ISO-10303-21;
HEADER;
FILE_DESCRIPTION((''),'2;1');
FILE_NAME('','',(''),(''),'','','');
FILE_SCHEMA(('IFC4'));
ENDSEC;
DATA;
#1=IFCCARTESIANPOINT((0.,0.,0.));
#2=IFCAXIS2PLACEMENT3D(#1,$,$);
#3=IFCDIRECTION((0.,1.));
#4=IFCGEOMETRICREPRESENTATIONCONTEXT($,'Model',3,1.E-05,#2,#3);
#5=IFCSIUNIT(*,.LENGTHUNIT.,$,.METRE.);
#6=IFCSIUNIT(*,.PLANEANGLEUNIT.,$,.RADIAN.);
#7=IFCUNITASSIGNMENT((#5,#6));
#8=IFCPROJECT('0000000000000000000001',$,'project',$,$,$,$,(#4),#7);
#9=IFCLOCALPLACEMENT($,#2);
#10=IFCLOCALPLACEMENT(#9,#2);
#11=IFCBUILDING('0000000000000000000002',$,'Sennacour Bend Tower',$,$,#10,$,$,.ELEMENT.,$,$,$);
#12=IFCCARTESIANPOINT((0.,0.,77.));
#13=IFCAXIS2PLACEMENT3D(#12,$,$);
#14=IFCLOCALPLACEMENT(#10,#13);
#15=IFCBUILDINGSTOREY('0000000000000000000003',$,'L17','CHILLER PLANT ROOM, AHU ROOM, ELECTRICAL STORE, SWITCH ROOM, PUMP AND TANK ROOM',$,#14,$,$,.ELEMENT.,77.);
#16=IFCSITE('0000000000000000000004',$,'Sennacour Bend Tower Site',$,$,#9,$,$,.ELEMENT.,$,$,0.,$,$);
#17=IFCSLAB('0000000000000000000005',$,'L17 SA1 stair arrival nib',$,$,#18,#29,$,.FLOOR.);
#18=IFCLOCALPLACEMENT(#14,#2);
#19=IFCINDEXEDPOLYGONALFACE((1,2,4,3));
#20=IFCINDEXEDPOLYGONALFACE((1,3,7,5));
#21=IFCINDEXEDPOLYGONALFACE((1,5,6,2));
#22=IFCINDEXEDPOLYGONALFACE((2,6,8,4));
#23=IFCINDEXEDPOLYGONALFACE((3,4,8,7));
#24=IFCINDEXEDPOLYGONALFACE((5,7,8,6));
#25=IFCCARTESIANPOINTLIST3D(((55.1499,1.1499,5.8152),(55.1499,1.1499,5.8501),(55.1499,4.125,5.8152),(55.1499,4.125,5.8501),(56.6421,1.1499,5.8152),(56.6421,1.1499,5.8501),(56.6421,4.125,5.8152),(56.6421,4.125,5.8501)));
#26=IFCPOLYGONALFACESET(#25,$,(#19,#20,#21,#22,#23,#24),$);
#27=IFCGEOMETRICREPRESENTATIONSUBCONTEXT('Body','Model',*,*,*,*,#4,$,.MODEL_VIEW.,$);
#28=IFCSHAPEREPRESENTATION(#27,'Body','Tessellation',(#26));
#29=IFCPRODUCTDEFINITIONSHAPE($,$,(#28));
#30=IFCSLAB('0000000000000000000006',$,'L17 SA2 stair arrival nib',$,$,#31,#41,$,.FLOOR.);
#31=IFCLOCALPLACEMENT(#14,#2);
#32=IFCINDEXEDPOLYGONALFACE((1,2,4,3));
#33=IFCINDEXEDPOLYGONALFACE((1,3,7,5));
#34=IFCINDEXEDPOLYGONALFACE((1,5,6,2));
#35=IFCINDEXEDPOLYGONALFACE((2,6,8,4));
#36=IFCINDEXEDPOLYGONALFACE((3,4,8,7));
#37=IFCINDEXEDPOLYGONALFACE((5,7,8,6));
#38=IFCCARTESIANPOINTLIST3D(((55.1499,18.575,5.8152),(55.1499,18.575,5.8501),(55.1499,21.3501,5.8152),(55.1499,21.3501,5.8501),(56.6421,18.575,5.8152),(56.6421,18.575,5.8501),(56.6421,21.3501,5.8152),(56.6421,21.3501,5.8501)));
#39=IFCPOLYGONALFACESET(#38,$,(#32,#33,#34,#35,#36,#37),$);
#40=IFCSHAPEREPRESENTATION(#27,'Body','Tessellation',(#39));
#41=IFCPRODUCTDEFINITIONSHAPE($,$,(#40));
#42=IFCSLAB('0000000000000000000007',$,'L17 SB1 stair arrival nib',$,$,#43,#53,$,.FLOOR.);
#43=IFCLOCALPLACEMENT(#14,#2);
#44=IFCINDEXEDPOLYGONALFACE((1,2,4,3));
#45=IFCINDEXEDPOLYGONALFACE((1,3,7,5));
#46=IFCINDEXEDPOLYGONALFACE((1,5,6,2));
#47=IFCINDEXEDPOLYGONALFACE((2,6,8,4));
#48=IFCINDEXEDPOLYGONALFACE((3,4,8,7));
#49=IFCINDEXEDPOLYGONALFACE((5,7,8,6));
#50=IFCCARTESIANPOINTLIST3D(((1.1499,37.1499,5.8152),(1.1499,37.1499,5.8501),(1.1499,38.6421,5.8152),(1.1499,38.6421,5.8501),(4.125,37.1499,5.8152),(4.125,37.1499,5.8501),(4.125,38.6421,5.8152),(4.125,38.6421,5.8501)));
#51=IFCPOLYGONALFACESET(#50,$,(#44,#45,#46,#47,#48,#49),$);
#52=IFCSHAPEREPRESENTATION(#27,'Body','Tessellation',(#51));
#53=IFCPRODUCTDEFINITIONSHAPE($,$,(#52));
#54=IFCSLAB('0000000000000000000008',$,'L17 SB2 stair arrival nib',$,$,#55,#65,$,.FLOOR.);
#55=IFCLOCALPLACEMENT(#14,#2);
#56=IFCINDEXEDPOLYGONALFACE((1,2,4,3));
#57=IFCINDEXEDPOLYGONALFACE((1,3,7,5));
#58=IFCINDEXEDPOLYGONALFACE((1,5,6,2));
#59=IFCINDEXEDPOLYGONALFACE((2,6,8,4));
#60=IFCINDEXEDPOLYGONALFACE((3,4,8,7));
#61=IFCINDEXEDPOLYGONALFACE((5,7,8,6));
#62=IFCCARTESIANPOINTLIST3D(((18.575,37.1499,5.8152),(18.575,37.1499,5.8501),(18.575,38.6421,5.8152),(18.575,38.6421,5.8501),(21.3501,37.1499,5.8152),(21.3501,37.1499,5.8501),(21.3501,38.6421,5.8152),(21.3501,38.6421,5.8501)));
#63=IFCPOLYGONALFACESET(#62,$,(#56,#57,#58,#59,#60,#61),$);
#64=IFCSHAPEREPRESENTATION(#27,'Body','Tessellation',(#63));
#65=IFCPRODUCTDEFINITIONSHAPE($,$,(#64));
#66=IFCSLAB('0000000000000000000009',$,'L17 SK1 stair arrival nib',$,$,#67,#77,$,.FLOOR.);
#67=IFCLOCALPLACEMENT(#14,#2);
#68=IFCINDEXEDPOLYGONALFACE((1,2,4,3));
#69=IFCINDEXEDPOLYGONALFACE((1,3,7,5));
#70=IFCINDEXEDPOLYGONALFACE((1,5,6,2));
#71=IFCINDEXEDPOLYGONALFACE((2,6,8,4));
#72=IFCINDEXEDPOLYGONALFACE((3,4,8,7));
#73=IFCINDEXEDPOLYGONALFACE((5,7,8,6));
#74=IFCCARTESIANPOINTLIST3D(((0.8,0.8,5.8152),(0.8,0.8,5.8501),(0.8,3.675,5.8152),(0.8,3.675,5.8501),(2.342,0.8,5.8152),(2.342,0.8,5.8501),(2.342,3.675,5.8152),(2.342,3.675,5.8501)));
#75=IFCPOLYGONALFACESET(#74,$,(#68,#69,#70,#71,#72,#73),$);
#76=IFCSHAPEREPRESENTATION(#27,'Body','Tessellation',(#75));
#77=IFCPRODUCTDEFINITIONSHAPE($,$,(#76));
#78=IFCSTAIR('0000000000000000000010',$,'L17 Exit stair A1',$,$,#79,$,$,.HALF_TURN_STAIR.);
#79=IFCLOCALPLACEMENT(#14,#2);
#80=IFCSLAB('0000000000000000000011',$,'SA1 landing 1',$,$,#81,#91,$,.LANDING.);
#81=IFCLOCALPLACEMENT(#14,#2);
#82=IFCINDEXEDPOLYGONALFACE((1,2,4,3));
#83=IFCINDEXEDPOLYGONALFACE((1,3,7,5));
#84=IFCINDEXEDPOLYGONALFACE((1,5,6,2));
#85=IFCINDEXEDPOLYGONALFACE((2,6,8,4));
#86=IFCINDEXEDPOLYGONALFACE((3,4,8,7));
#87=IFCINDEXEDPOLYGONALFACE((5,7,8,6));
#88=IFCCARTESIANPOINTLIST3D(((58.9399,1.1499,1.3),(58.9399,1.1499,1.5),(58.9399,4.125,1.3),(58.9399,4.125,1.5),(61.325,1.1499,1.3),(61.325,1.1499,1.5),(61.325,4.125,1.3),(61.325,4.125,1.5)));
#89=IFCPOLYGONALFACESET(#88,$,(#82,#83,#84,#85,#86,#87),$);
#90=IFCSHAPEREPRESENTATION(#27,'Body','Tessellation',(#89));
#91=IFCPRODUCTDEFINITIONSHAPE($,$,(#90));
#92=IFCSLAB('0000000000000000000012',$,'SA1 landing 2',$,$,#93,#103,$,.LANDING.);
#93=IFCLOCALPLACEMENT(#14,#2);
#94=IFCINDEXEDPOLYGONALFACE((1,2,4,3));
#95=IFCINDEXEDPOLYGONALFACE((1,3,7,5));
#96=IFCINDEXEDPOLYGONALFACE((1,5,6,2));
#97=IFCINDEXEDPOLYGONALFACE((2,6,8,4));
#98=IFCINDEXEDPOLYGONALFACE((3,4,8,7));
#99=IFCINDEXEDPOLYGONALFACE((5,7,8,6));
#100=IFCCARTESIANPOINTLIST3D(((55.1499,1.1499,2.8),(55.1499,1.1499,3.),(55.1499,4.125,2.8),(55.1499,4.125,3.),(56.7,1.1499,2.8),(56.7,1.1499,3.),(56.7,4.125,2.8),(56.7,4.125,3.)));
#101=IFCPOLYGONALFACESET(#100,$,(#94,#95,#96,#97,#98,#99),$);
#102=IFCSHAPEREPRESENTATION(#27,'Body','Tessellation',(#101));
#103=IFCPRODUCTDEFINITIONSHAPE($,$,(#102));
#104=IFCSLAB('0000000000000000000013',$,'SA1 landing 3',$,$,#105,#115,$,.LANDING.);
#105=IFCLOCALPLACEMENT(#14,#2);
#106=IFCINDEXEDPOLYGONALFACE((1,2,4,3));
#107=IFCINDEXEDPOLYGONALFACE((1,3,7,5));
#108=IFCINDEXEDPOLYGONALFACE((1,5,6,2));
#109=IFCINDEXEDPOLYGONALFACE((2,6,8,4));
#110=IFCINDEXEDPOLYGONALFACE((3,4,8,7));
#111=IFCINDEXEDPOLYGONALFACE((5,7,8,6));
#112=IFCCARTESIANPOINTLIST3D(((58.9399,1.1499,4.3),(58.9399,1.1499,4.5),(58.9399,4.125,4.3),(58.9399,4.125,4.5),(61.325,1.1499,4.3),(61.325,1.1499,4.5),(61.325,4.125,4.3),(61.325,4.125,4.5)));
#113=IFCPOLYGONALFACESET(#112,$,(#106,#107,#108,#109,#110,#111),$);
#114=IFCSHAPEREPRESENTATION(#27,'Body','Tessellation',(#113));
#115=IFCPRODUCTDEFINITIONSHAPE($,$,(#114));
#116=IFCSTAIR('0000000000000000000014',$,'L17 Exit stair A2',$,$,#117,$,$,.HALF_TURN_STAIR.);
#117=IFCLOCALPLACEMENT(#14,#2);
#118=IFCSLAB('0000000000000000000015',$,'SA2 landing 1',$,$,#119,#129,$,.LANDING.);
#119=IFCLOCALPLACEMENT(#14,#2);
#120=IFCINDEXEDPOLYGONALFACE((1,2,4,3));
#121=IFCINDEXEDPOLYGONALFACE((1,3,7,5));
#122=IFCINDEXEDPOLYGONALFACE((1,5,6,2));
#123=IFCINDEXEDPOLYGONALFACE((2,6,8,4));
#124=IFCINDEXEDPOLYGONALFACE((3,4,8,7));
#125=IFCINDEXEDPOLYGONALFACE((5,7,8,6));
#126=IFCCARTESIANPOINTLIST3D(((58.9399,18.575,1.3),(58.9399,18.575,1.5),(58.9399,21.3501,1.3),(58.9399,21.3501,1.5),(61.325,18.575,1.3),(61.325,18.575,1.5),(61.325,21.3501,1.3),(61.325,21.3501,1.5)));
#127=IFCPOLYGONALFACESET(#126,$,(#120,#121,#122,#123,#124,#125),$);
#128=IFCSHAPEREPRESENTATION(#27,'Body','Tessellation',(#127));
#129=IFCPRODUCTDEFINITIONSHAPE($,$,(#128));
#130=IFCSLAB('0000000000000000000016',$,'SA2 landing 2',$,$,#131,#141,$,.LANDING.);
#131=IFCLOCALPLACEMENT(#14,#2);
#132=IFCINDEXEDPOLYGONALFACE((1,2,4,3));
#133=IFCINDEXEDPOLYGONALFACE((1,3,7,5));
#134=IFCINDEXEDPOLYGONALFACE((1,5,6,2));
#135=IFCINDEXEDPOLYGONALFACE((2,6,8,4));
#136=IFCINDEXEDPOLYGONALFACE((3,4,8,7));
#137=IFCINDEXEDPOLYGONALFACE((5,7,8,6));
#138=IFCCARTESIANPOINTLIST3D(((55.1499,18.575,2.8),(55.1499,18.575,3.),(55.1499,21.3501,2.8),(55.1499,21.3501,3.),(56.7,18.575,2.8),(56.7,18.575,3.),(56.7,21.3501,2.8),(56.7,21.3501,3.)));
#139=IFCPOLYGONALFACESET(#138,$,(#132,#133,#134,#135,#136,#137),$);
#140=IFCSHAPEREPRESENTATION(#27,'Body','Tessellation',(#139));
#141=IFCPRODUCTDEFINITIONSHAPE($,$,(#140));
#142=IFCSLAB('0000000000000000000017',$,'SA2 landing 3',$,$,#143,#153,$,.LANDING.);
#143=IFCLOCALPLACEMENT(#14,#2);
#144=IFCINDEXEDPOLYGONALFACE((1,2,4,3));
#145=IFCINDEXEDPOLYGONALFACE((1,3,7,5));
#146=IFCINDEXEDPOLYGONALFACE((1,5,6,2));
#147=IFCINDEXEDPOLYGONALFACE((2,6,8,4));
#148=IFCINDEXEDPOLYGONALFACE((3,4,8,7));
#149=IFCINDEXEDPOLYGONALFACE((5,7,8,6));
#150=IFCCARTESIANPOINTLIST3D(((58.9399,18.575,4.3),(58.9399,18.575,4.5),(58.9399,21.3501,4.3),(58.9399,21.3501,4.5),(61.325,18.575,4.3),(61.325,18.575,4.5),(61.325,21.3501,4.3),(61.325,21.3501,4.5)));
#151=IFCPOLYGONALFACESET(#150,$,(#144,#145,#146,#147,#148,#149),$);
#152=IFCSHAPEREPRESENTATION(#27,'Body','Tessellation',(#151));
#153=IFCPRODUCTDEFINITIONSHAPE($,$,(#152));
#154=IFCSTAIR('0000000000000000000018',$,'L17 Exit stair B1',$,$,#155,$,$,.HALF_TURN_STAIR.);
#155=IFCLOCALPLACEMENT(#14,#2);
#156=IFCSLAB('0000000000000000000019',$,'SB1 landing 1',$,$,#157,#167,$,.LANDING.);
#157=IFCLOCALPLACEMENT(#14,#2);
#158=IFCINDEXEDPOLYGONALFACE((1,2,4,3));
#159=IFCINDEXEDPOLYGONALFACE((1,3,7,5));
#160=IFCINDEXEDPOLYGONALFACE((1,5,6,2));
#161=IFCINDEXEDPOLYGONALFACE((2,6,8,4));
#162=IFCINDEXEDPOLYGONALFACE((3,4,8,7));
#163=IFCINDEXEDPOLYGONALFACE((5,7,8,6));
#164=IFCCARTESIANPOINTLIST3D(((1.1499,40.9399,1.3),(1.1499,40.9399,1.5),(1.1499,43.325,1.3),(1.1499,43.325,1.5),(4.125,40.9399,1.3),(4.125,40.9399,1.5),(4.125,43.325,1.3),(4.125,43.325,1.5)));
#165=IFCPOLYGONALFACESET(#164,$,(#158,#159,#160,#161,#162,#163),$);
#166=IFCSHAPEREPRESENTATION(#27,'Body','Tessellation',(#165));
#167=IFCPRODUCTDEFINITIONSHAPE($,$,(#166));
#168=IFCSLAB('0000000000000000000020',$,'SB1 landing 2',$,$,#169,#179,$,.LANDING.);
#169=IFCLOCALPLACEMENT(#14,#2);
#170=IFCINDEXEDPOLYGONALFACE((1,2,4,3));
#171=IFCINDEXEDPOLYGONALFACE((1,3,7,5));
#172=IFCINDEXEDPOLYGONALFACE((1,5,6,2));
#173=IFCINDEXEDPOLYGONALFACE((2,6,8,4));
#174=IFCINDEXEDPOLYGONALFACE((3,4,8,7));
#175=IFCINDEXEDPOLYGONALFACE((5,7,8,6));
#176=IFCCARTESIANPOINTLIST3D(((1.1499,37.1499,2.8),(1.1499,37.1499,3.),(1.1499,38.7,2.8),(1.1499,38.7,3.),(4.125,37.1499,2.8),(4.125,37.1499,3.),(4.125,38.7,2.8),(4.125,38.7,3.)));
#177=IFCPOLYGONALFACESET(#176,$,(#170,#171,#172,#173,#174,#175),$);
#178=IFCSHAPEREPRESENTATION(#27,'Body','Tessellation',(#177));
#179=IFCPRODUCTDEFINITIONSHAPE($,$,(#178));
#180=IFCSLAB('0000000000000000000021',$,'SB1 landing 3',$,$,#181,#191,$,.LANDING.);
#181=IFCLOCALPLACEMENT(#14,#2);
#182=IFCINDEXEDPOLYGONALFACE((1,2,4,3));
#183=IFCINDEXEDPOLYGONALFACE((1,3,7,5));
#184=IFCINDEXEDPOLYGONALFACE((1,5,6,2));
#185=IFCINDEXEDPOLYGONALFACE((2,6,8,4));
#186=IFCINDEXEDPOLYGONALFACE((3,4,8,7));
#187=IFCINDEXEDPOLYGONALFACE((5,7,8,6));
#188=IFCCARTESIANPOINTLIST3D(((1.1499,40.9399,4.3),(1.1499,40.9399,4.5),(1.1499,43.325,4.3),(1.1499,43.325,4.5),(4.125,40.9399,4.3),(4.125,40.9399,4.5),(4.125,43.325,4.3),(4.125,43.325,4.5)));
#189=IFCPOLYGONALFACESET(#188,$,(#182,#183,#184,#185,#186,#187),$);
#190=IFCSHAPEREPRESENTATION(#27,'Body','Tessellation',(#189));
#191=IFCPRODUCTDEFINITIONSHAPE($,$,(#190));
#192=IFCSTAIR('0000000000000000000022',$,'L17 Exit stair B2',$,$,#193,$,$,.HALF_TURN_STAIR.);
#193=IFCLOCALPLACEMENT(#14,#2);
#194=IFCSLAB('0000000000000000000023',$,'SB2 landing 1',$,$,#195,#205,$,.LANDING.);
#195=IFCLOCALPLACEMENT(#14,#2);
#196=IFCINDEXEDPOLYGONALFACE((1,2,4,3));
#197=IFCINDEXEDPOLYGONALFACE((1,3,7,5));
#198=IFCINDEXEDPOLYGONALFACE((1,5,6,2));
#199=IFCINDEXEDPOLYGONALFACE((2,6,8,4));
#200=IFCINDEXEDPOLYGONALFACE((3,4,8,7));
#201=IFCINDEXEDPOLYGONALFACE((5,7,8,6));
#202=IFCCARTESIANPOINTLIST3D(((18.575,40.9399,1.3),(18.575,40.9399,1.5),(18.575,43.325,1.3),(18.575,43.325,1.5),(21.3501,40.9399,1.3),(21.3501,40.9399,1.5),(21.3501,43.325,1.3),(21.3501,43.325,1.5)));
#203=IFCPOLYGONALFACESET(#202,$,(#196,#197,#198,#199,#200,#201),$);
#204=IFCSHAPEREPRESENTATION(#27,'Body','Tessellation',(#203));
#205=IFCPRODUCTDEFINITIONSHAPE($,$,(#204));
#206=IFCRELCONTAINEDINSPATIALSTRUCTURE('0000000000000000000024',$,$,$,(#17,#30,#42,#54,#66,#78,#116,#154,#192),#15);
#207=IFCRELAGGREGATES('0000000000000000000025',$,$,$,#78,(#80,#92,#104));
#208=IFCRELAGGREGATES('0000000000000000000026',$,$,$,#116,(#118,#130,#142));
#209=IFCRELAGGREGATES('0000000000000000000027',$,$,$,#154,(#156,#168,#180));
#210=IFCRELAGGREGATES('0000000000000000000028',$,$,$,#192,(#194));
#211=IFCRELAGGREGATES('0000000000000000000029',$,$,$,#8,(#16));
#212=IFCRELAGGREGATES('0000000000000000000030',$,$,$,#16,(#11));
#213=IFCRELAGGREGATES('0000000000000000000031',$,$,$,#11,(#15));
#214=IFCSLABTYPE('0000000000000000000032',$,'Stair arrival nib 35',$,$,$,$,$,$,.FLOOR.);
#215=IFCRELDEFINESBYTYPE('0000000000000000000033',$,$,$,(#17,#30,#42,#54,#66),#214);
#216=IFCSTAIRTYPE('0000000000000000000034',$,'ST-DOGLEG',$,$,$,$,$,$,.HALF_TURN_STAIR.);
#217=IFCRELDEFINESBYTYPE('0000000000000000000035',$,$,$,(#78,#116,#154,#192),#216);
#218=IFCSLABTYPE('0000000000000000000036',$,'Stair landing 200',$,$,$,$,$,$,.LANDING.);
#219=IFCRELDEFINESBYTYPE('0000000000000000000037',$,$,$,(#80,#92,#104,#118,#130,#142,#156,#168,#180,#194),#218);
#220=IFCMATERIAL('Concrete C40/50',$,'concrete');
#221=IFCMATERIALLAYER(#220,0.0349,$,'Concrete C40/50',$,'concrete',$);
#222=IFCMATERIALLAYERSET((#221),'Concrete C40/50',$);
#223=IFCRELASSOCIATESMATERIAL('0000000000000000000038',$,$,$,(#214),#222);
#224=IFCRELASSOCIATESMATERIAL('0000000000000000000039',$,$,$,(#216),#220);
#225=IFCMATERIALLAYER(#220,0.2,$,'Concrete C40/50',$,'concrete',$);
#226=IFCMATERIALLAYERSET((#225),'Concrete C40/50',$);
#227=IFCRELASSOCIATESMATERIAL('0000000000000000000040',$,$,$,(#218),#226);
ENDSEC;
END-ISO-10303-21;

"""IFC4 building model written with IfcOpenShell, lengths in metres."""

from ifc_helpers import new_model, si_unit, direction, frame, origin, place, context, subcontext, project, spatial, polyline, outline, extrude, material, layer, layer_set, type_object, element, aggregate, save


model = new_model("IFC4")

# Units and contexts
model_context = context("Model", 3, precision=1e-05, world=origin(), true_north=direction((0.0, 1.0)))
body_context = subcontext(model_context, "Body", "Model", "MODEL_VIEW")
ifc_project = project(units=[si_unit("LENGTHUNIT", "METRE"), si_unit("PLANEANGLEUNIT", "RADIAN")], contexts=[model_context])

# Site, building, storey
site_placement = place(None, origin())
site = spatial("IfcSite", under=ifc_project, at=site_placement, Name="Sennacour Bend Tower Site", CompositionType="ELEMENT", RefElevation=0.0)
building_placement = place(site_placement, origin())
building = spatial("IfcBuilding", under=site, at=building_placement, Name="Sennacour Bend Tower", CompositionType="ELEMENT")
storey_placement = place(building_placement, frame((0.0, 0.0, 77.0)))
storey = spatial("IfcBuildingStorey", under=building, at=storey_placement, Name="L17", Description="CHILLER PLANT ROOM, AHU ROOM, ELECTRICAL STORE, SWITCH ROOM, PUMP AND TANK ROOM", CompositionType="ELEMENT", Elevation=77.0)

# Slabs
ifc_material_1 = material(Name="Concrete C40/50", Category="concrete")
ifc_layer_1 = layer(ifc_material_1, 0.0349, Name="Concrete C40/50", Category="concrete")
ifc_layer_set_1 = layer_set([ifc_layer_1], Name="Concrete C40/50")
slab_type_1 = type_object("IfcSlabType", Name="Stair arrival nib 35", PredefinedType="FLOOR", material=ifc_layer_set_1)
slab_1_placement = place(storey_placement, frame((0.0, 0.0, 5.8152)))
element("IfcSlab", 1, at=slab_1_placement, inside=storey, type_object=slab_type_1, Name="L17 SA1 stair arrival nib", PredefinedType="FLOOR", context=body_context, shape_type="SweptSolid", body=[
    extrude(outline(polyline([(56.6421, 4.125), (55.1499, 4.125), (55.1499, 1.1499), (56.6421, 1.1499), (56.6421, 4.125)])), origin(), (0.0, 0.0, 1.0), 0.0349),
])
slab_2_placement = place(storey_placement, frame((0.0, 0.0, 5.8152)))
element("IfcSlab", 2, at=slab_2_placement, inside=storey, type_object=slab_type_1, Name="L17 SA2 stair arrival nib", PredefinedType="FLOOR", context=body_context, shape_type="SweptSolid", body=[
    extrude(outline(polyline([(56.6421, 21.3501), (55.1499, 21.3501), (55.1499, 18.575), (56.6421, 18.575), (56.6421, 21.3501)])), origin(), (0.0, 0.0, 1.0), 0.0349),
])
slab_3_placement = place(storey_placement, frame((0.0, 0.0, 5.8152)))
element("IfcSlab", 3, at=slab_3_placement, inside=storey, type_object=slab_type_1, Name="L17 SB1 stair arrival nib", PredefinedType="FLOOR", context=body_context, shape_type="SweptSolid", body=[
    extrude(outline(polyline([(1.1499, 38.6421), (1.1499, 37.1499), (4.125, 37.1499), (4.125, 38.6421), (1.1499, 38.6421)])), origin(), (0.0, 0.0, 1.0), 0.0349),
])
slab_4_placement = place(storey_placement, frame((0.0, 0.0, 5.8152)))
element("IfcSlab", 4, at=slab_4_placement, inside=storey, type_object=slab_type_1, Name="L17 SB2 stair arrival nib", PredefinedType="FLOOR", context=body_context, shape_type="SweptSolid", body=[
    extrude(outline(polyline([(18.575, 38.6421), (18.575, 37.1499), (21.3501, 37.1499), (21.3501, 38.6421), (18.575, 38.6421)])), origin(), (0.0, 0.0, 1.0), 0.0349),
])
slab_5_placement = place(storey_placement, frame((0.0, 0.0, 5.8152)))
element("IfcSlab", 5, at=slab_5_placement, inside=storey, type_object=slab_type_1, Name="L17 SK1 stair arrival nib", PredefinedType="FLOOR", context=body_context, shape_type="SweptSolid", body=[
    extrude(outline(polyline([(2.342, 3.675), (0.8, 3.675), (0.8, 0.8), (2.342, 0.8), (2.342, 3.675)])), origin(), (0.0, 0.0, 1.0), 0.0349),
])

# Stairs, slabs
stair_type = type_object("IfcStairType", Name="ST-DOGLEG", PredefinedType="HALF_TURN_STAIR", material=ifc_material_1)
stair_1_placement = place(storey_placement, origin())
stair_1 = element("IfcStair", 6, at=stair_1_placement, inside=storey, type_object=stair_type, Name="L17 Exit stair A1", PredefinedType="HALF_TURN_STAIR")
ifc_layer_2 = layer(ifc_material_1, 0.2, Name="Concrete C40/50", Category="concrete")
ifc_layer_set_2 = layer_set([ifc_layer_2], Name="Concrete C40/50")
slab_type_2 = type_object("IfcSlabType", Name="Stair landing 200", PredefinedType="LANDING", material=ifc_layer_set_2)
slab_6_placement = place(storey_placement, frame((0.0, 0.0, 1.3)))
slab_6 = element("IfcSlab", 7, at=slab_6_placement, type_object=slab_type_2, Name="SA1 landing 1", PredefinedType="LANDING", context=body_context, shape_type="SweptSolid", body=[
    extrude(outline(polyline([(58.9399, 1.1499), (61.325, 1.1499), (61.325, 4.125), (58.9399, 4.125), (58.9399, 1.1499)])), origin(), (0.0, 0.0, 1.0), 0.2),
])
slab_7_placement = place(storey_placement, frame((0.0, 0.0, 2.8)))
slab_7 = element("IfcSlab", 8, at=slab_7_placement, type_object=slab_type_2, Name="SA1 landing 2", PredefinedType="LANDING", context=body_context, shape_type="SweptSolid", body=[
    extrude(outline(polyline([(55.1499, 1.1499), (56.7, 1.1499), (56.7, 4.125), (55.1499, 4.125), (55.1499, 1.1499)])), origin(), (0.0, 0.0, 1.0), 0.2),
])
slab_8_placement = place(storey_placement, frame((0.0, 0.0, 4.3)))
slab_8 = element("IfcSlab", 9, at=slab_8_placement, type_object=slab_type_2, Name="SA1 landing 3", PredefinedType="LANDING", context=body_context, shape_type="SweptSolid", body=[
    extrude(outline(polyline([(58.9399, 1.1499), (61.325, 1.1499), (61.325, 4.125), (58.9399, 4.125), (58.9399, 1.1499)])), origin(), (0.0, 0.0, 1.0), 0.2),
])
aggregate(stair_1, [slab_6, slab_7, slab_8])
stair_2_placement = place(storey_placement, origin())
stair_2 = element("IfcStair", 10, at=stair_2_placement, inside=storey, type_object=stair_type, Name="L17 Exit stair A2", PredefinedType="HALF_TURN_STAIR")
slab_9_placement = place(storey_placement, frame((0.0, 0.0, 1.3)))
slab_9 = element("IfcSlab", 11, at=slab_9_placement, type_object=slab_type_2, Name="SA2 landing 1", PredefinedType="LANDING", context=body_context, shape_type="SweptSolid", body=[
    extrude(outline(polyline([(58.9399, 18.575), (61.325, 18.575), (61.325, 21.3501), (58.9399, 21.3501), (58.9399, 18.575)])), origin(), (0.0, 0.0, 1.0), 0.2),
])
slab_10_placement = place(storey_placement, frame((0.0, 0.0, 2.8)))
slab_10 = element("IfcSlab", 12, at=slab_10_placement, type_object=slab_type_2, Name="SA2 landing 2", PredefinedType="LANDING", context=body_context, shape_type="SweptSolid", body=[
    extrude(outline(polyline([(55.1499, 18.575), (56.7, 18.575), (56.7, 21.3501), (55.1499, 21.3501), (55.1499, 18.575)])), origin(), (0.0, 0.0, 1.0), 0.2),
])
slab_11_placement = place(storey_placement, frame((0.0, 0.0, 4.3)))
slab_11 = element("IfcSlab", 13, at=slab_11_placement, type_object=slab_type_2, Name="SA2 landing 3", PredefinedType="LANDING", context=body_context, shape_type="SweptSolid", body=[
    extrude(outline(polyline([(58.9399, 18.575), (61.325, 18.575), (61.325, 21.3501), (58.9399, 21.3501), (58.9399, 18.575)])), origin(), (0.0, 0.0, 1.0), 0.2),
])
aggregate(stair_2, [slab_9, slab_10, slab_11])
stair_3_placement = place(storey_placement, origin())
stair_3 = element("IfcStair", 14, at=stair_3_placement, inside=storey, type_object=stair_type, Name="L17 Exit stair B1", PredefinedType="HALF_TURN_STAIR")
slab_12_placement = place(storey_placement, frame((0.0, 0.0, 1.3)))
slab_12 = element("IfcSlab", 15, at=slab_12_placement, type_object=slab_type_2, Name="SB1 landing 1", PredefinedType="LANDING", context=body_context, shape_type="SweptSolid", body=[
    extrude(outline(polyline([(1.1499, 40.9399), (4.125, 40.9399), (4.125, 43.325), (1.1499, 43.325), (1.1499, 40.9399)])), origin(), (0.0, 0.0, 1.0), 0.2),
])
slab_13_placement = place(storey_placement, frame((0.0, 0.0, 2.8)))
slab_13 = element("IfcSlab", 16, at=slab_13_placement, type_object=slab_type_2, Name="SB1 landing 2", PredefinedType="LANDING", context=body_context, shape_type="SweptSolid", body=[
    extrude(outline(polyline([(1.1499, 37.1499), (4.125, 37.1499), (4.125, 38.7), (1.1499, 38.7), (1.1499, 37.1499)])), origin(), (0.0, 0.0, 1.0), 0.2),
])
slab_14_placement = place(storey_placement, frame((0.0, 0.0, 4.3)))
slab_14 = element("IfcSlab", 17, at=slab_14_placement, type_object=slab_type_2, Name="SB1 landing 3", PredefinedType="LANDING", context=body_context, shape_type="SweptSolid", body=[
    extrude(outline(polyline([(1.1499, 40.9399), (4.125, 40.9399), (4.125, 43.325), (1.1499, 43.325), (1.1499, 40.9399)])), origin(), (0.0, 0.0, 1.0), 0.2),
])
aggregate(stair_3, [slab_12, slab_13, slab_14])
stair_4_placement = place(storey_placement, origin())
stair_4 = element("IfcStair", 18, at=stair_4_placement, inside=storey, type_object=stair_type, Name="L17 Exit stair B2", PredefinedType="HALF_TURN_STAIR")
slab_15_placement = place(storey_placement, frame((0.0, 0.0, 1.3)))
slab_15 = element("IfcSlab", 19, at=slab_15_placement, type_object=slab_type_2, Name="SB2 landing 1", PredefinedType="LANDING", context=body_context, shape_type="SweptSolid", body=[
    extrude(outline(polyline([(18.575, 40.9399), (21.3501, 40.9399), (21.3501, 43.325), (18.575, 43.325), (18.575, 40.9399)])), origin(), (0.0, 0.0, 1.0), 0.2),
])
aggregate(stair_4, [slab_15])

save(model, "model.ifc")
